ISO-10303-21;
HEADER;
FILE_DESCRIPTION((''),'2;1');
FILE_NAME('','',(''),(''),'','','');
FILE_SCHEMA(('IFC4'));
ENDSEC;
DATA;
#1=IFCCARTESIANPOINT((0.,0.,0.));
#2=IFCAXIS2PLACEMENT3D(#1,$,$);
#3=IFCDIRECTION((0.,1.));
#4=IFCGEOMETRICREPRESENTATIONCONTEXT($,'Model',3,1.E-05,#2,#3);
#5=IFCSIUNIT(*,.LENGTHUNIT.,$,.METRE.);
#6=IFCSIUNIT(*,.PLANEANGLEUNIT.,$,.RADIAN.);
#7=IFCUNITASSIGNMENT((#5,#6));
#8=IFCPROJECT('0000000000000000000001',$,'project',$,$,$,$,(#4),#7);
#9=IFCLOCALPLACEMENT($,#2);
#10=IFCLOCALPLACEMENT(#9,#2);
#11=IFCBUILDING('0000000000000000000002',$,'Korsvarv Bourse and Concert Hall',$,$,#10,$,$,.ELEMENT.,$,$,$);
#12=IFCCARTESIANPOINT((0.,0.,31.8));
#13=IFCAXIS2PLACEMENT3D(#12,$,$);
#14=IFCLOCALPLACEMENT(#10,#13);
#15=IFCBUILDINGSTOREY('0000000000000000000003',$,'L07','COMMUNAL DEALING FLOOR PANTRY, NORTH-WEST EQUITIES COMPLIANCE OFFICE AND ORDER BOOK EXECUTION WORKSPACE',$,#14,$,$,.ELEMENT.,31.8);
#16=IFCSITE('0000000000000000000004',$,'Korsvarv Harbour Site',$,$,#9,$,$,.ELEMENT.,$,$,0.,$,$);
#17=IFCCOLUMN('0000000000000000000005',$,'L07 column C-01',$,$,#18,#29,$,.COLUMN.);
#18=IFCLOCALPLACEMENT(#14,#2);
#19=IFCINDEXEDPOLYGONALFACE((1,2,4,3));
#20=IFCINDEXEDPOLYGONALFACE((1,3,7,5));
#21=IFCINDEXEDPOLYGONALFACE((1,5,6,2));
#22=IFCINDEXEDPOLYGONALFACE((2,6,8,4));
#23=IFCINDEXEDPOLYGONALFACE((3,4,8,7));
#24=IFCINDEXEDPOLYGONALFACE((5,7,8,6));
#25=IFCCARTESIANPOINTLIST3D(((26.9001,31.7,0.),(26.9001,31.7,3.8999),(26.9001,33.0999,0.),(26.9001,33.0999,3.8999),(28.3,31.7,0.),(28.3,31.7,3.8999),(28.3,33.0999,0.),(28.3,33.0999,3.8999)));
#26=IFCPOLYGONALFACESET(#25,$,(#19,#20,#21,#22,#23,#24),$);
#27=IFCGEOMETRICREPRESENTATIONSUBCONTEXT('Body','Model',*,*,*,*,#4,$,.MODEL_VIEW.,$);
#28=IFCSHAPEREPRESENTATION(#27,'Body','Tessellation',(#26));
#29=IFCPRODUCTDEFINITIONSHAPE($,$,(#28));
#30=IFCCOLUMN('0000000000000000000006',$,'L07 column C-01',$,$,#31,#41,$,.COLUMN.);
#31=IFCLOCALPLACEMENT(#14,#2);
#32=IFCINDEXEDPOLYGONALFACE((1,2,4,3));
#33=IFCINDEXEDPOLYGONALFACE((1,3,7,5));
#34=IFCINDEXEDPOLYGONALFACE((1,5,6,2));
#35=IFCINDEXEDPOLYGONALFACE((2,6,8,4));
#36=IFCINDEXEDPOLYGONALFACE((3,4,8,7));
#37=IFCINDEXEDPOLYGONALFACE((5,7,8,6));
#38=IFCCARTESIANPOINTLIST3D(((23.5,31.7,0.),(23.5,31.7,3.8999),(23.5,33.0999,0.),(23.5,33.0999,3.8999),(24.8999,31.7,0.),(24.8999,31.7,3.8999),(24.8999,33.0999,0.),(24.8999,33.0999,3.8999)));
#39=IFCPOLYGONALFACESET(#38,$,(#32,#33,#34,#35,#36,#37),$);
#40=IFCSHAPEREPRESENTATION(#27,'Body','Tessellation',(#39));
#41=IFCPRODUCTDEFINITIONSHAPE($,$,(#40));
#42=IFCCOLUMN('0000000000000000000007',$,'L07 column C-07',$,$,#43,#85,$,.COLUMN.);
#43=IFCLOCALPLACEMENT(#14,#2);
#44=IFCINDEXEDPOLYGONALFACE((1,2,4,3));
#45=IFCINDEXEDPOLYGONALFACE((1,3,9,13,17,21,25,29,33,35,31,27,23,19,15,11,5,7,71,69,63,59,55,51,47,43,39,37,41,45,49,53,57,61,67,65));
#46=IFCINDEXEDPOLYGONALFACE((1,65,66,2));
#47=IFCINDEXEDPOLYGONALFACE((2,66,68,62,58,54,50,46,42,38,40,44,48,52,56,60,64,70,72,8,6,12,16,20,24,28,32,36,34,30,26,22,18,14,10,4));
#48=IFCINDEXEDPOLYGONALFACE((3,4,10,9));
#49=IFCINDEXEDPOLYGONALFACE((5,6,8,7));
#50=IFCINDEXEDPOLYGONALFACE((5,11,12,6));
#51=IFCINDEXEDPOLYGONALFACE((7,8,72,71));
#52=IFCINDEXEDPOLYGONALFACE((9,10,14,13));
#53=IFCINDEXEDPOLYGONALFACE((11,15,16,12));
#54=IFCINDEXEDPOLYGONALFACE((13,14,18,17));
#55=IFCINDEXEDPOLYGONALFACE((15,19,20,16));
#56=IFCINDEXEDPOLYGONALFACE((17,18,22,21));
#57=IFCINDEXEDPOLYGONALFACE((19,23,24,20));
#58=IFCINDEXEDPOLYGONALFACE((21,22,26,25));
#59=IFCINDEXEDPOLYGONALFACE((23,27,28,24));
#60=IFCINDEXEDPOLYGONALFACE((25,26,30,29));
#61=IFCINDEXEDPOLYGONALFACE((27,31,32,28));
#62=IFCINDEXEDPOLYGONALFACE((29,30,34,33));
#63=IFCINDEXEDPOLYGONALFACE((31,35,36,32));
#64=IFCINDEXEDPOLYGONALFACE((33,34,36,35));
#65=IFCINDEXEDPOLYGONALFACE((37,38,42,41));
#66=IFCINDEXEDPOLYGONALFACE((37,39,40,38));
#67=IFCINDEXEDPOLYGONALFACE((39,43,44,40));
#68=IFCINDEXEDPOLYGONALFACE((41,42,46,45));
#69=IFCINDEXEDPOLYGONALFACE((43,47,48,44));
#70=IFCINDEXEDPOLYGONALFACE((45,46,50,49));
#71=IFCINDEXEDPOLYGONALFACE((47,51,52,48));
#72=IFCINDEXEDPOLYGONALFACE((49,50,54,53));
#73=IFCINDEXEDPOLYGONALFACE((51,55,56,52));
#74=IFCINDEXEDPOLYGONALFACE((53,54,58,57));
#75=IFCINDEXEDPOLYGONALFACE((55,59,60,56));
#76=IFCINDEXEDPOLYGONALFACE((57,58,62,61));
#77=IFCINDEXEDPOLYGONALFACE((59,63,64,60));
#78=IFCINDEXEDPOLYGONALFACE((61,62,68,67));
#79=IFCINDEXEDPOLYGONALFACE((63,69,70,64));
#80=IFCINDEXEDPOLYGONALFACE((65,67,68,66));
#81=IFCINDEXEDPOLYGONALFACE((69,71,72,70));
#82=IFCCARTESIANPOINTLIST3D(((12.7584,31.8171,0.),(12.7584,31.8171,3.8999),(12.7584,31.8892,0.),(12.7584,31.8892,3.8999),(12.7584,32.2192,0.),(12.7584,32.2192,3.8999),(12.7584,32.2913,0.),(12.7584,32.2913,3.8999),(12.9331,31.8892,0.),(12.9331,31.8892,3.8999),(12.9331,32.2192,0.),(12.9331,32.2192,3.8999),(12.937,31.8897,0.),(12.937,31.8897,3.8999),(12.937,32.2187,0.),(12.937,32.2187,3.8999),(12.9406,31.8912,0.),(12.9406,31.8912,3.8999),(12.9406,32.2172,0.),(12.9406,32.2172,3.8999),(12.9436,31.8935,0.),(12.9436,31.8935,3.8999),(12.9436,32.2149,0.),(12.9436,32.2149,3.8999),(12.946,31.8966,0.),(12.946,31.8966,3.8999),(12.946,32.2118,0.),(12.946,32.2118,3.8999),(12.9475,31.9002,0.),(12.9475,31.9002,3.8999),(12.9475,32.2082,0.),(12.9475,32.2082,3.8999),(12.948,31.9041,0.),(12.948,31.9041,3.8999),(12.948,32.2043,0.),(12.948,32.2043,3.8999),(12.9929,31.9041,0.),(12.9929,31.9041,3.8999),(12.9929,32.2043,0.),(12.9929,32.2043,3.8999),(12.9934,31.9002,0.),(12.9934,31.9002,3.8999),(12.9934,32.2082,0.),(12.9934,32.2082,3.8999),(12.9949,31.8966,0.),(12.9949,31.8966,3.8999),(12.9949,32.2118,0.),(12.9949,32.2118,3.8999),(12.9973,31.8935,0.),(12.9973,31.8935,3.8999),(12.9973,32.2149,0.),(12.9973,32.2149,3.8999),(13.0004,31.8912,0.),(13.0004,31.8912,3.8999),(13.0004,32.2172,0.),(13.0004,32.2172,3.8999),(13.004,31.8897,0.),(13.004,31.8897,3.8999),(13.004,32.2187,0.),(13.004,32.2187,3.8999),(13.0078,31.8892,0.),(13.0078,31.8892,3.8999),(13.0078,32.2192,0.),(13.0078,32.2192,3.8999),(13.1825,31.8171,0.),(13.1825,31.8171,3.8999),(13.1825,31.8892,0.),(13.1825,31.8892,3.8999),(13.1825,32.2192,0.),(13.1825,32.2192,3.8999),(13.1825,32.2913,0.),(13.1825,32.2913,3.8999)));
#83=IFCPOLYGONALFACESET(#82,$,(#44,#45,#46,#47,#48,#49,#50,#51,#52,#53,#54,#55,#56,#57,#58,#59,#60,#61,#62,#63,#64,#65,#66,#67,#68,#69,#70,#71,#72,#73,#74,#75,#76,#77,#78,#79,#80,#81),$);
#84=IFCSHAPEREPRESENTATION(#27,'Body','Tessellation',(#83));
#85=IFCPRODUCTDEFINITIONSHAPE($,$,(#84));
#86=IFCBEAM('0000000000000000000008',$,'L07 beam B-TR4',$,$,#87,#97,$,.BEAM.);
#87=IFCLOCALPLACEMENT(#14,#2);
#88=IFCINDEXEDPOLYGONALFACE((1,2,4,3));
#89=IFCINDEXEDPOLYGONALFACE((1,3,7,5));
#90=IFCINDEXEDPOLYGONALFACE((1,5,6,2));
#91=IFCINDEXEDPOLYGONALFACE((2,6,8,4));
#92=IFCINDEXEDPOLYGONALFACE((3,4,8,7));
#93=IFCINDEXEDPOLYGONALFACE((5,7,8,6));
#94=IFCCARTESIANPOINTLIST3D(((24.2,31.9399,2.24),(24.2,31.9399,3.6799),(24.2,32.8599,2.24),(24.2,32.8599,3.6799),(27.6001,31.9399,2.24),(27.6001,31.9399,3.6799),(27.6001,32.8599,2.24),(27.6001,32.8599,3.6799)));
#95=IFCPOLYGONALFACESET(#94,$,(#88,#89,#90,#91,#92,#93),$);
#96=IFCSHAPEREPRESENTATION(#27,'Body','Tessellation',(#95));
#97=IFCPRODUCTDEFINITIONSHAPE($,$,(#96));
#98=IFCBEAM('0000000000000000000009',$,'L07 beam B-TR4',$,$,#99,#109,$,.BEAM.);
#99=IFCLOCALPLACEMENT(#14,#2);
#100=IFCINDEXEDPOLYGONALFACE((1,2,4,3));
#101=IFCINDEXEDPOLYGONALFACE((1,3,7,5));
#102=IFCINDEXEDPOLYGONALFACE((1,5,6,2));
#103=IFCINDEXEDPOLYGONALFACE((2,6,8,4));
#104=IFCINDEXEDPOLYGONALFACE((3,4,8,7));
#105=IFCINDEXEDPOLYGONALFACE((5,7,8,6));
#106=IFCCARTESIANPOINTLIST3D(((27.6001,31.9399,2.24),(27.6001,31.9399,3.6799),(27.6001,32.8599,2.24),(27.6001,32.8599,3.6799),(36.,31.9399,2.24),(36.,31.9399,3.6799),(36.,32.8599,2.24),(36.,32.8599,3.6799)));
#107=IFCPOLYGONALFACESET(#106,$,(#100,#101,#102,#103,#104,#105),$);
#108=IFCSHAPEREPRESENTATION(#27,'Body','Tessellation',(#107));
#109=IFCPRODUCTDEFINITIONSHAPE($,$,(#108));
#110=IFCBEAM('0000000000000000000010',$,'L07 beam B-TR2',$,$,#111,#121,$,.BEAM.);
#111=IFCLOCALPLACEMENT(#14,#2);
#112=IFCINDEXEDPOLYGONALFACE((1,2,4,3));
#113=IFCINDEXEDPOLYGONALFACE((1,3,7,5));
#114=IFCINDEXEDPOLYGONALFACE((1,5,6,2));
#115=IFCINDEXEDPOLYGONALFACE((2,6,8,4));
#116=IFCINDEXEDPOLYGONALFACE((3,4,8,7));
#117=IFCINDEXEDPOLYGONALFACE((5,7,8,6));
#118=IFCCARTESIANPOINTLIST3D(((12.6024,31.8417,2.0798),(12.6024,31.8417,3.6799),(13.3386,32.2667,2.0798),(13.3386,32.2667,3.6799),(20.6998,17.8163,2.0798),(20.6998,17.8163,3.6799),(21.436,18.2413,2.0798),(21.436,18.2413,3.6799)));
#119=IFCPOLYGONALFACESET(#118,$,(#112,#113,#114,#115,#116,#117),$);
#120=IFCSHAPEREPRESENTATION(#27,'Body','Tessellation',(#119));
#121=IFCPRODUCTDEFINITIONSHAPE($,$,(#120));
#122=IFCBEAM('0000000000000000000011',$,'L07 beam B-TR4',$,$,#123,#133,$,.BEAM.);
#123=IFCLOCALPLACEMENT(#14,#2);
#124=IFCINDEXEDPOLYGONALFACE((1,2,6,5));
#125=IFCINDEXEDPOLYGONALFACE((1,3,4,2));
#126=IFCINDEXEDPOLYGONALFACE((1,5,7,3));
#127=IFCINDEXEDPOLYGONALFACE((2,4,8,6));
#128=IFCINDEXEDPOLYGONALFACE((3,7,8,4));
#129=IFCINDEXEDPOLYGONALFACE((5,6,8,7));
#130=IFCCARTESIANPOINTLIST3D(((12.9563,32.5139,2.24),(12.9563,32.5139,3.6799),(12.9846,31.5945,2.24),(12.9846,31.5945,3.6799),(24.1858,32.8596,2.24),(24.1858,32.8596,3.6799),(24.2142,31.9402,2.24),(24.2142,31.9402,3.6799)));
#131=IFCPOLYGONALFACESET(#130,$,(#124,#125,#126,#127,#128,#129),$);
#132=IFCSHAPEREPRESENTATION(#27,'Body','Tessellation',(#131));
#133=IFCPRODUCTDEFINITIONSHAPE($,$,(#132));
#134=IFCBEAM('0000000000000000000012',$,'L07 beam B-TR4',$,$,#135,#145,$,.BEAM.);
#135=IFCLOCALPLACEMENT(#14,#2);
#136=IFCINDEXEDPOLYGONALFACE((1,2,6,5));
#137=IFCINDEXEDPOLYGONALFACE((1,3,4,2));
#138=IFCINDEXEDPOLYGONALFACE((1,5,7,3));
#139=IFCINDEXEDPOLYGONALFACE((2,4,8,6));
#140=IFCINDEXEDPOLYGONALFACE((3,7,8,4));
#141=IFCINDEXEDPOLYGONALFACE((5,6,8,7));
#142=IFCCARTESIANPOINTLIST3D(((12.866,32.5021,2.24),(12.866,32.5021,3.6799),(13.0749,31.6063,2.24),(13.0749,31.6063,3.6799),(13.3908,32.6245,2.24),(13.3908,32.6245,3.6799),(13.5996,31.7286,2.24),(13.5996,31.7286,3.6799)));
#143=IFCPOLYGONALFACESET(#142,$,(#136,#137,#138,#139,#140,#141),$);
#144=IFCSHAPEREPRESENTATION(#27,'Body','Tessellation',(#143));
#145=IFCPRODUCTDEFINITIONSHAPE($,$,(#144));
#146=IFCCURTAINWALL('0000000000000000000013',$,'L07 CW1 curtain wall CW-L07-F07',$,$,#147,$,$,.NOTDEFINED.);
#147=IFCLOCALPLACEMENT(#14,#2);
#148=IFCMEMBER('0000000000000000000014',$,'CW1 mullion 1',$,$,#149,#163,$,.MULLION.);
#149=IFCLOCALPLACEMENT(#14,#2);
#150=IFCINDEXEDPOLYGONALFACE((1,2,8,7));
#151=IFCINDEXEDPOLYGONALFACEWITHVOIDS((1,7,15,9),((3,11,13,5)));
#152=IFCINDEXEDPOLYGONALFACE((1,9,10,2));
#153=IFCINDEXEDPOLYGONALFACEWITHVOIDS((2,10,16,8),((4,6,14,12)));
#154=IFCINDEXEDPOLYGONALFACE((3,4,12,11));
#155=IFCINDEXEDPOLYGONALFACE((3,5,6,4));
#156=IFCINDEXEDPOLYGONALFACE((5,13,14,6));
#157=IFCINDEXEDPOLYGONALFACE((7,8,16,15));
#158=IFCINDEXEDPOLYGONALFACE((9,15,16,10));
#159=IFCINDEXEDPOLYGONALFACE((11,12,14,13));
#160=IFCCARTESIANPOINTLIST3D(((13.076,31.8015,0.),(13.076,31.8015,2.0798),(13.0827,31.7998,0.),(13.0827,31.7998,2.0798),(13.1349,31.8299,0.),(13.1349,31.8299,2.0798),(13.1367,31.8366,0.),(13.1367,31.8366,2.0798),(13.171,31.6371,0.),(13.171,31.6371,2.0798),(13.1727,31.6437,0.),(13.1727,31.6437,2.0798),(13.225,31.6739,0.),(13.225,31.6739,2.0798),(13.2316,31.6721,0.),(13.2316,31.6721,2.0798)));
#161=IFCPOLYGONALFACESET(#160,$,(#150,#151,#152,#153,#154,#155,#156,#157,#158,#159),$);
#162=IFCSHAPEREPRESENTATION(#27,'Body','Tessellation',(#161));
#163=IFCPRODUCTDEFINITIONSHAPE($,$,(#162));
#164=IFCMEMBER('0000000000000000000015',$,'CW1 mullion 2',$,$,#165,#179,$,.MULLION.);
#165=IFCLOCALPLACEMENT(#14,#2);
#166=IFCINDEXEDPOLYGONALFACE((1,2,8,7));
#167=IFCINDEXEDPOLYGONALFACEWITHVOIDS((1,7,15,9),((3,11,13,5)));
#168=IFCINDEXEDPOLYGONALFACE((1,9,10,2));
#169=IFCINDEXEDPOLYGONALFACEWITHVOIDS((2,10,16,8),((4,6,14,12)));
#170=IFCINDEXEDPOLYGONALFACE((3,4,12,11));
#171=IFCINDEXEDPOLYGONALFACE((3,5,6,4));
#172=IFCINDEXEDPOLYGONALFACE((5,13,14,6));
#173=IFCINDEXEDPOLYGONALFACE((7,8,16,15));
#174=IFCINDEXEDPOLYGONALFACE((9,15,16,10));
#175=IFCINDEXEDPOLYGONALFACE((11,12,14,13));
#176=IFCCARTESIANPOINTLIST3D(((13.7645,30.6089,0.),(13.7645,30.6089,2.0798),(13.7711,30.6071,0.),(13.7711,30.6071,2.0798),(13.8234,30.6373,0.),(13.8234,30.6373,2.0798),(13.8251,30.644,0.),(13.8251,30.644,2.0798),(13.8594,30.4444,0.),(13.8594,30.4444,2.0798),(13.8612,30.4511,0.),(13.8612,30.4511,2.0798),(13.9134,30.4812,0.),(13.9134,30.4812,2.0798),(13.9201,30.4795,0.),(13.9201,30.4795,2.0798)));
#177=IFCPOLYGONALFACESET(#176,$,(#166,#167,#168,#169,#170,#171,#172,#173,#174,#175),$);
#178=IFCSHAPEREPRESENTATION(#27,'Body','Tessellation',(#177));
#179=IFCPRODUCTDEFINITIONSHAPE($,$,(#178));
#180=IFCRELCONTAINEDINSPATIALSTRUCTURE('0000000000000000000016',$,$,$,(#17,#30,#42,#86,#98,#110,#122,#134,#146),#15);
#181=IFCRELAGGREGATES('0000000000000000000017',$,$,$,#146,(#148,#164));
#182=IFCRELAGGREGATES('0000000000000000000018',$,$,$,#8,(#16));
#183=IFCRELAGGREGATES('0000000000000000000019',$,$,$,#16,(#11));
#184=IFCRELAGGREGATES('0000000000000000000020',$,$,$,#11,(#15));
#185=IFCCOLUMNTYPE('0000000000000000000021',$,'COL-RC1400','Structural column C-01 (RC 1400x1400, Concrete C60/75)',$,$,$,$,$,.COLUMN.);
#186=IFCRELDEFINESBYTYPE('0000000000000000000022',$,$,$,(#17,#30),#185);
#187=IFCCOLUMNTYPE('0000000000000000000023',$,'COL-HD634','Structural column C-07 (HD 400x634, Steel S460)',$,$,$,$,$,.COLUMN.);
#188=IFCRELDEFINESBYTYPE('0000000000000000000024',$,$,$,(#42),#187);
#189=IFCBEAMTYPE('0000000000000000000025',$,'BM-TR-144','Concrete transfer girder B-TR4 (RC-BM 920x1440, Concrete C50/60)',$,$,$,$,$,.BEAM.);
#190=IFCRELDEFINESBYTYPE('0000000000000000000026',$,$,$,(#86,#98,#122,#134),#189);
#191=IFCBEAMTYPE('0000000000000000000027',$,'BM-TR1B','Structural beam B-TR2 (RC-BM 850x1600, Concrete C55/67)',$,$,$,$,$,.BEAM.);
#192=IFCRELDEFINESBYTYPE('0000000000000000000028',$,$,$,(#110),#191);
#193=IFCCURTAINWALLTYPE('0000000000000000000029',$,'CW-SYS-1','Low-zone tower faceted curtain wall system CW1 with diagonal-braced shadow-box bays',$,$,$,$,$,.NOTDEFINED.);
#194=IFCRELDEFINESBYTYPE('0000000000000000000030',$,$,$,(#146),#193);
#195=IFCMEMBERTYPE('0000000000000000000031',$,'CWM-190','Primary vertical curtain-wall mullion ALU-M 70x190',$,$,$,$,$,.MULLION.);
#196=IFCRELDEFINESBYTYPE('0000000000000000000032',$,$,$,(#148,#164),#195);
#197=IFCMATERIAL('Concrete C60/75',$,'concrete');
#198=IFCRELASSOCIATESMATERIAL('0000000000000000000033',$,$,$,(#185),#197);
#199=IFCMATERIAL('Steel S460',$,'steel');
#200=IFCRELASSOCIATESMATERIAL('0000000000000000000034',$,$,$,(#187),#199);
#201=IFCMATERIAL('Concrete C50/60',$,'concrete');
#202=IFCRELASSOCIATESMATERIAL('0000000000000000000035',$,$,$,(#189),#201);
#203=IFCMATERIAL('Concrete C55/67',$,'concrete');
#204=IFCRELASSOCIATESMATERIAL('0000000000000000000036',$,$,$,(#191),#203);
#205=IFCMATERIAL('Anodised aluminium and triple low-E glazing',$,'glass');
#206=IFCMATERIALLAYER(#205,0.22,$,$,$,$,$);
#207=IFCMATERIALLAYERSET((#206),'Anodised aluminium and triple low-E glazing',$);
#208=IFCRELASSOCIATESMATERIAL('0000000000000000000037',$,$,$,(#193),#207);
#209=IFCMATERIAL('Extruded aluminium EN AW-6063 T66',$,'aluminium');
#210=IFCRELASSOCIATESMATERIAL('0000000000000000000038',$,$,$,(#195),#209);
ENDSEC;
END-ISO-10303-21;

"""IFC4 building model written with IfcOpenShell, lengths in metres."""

from ifc_helpers import new_model, si_unit, direction, frame, origin, origin_2d, place, context, subcontext, project, spatial, rectangle, hollow_rectangle, i_section, extrude, source, transform, mapped, material, layer, layer_set, material_profile, profile_set, type_object, element, aggregate, save


model = new_model("IFC4")

# Units and contexts
model_context = context("Model", 3, precision=1e-05, world=origin(), true_north=direction((0.0, 1.0)))
body_context = subcontext(model_context, "Body", "Model", "MODEL_VIEW")
ifc_project = project(units=[si_unit("LENGTHUNIT", "METRE"), si_unit("PLANEANGLEUNIT", "RADIAN")], contexts=[model_context])

# Site, building, storey
site_placement = place(None, origin())
site = spatial("IfcSite", under=ifc_project, at=site_placement, Name="Korsvarv Harbour Site", CompositionType="ELEMENT", RefElevation=0.0)
building_placement = place(site_placement, origin())
building = spatial("IfcBuilding", under=site, at=building_placement, Name="Korsvarv Bourse and Concert Hall", CompositionType="ELEMENT")
storey_placement = place(building_placement, frame((0.0, 0.0, 31.8)))
storey = spatial("IfcBuildingStorey", under=building, at=storey_placement, Name="L07", Description="COMMUNAL DEALING FLOOR PANTRY, NORTH-WEST EQUITIES COMPLIANCE OFFICE AND ORDER BOOK EXECUTION WORKSPACE", CompositionType="ELEMENT", Elevation=31.8)

# Columns
ifc_material_1 = material(Name="Concrete C60/75", Category="concrete")
ifc_material_profile_1 = material_profile(ifc_material_1, rectangle(XDim=1.3999, YDim=1.3999, at=origin_2d()), Name="RC 1400x1400")
ifc_profile_set_1 = profile_set([ifc_material_profile_1], Name="Concrete C60/75")
column_type_1 = type_object("IfcColumnType", Name="COL-RC1400", Description="Structural column C-01 (RC 1400x1400, Concrete C60/75)", PredefinedType="COLUMN", material=ifc_profile_set_1)
shared_shape_1 = source(origin(), body_context, "Body", "SweptSolid", [
    extrude(rectangle(XDim=1.3999, YDim=1.3999, at=origin_2d()), origin(), (0.0, 0.0, 1.0), 3.8999),
])
for number, where, z_axis, x_axis, name in (
    (1, (27.6001, 32.3999, 0.0), (0.0, 0.0, 1.0), (1.0, 0.0, 0.0), "L07 column C-01"),
    (2, (24.2, 32.3999, 0.0), (0.0, 0.0, 1.0), (1.0, 0.0, 0.0), "L07 column C-01"),
):
    element("IfcColumn", number, at=place(storey_placement, frame(where, z_axis=z_axis, x_axis=x_axis)), inside=storey, type_object=column_type_1, Name=name, PredefinedType="COLUMN", context=body_context, shape_type="MappedRepresentation", body=[
        mapped(shared_shape_1, transform((0.0, 0.0, 0.0), scale=1.0)),
    ])
ifc_material_2 = material(Name="Steel S460", Category="steel")
ifc_material_profile_2 = material_profile(ifc_material_2, i_section(OverallWidth=0.4241, OverallDepth=0.4741, WebThickness=0.0449, FlangeThickness=0.072, FilletRadius=0.0149, at=origin_2d()), Name="HD 400x634")
ifc_profile_set_2 = profile_set([ifc_material_profile_2], Name="Steel S460")
column_type_2 = type_object("IfcColumnType", Name="COL-HD634", Description="Structural column C-07 (HD 400x634, Steel S460)", PredefinedType="COLUMN", material=ifc_profile_set_2)
shared_shape_2 = source(origin(), body_context, "Body", "SweptSolid", [
    extrude(i_section(OverallWidth=0.4241, OverallDepth=0.4741, WebThickness=0.0449, FlangeThickness=0.072, FilletRadius=0.0149, at=origin_2d()), origin(), (0.0, 0.0, 1.0), 3.8999),
])
column_placement = place(storey_placement, frame((12.9705, 32.0542, 0.0), z_axis=(0.0, 0.0, 1.0), x_axis=(1.0, 0.0, 0.0)))
element("IfcColumn", 3, at=column_placement, inside=storey, type_object=column_type_2, Name="L07 column C-07", PredefinedType="COLUMN", context=body_context, shape_type="MappedRepresentation", body=[
    mapped(shared_shape_2, transform((0.0, 0.0, 0.0), scale=1.0)),
])

# Beams
ifc_material_3 = material(Name="Concrete C50/60", Category="concrete")
ifc_material_profile_3 = material_profile(ifc_material_3, rectangle(XDim=0.9199, YDim=1.4399, at=origin_2d()), Name="RC-BM 920x1440")
ifc_profile_set_3 = profile_set([ifc_material_profile_3], Name="Concrete C50/60")
beam_type_1 = type_object("IfcBeamType", Name="BM-TR-144", Description="Concrete transfer girder B-TR4 (RC-BM 920x1440, Concrete C50/60)", PredefinedType="BEAM", material=ifc_profile_set_3)
shared_shape_3 = source(origin(), body_context, "Body", "SweptSolid", [
    extrude(rectangle(XDim=0.9199, YDim=1.4399, at=origin_2d()), origin(), (0.0, 0.0, 1.0), 3.4001),
])
beam_1_placement = place(storey_placement, frame((24.2, 32.3999, 2.96), z_axis=(1.0, 0.0, 0.0), x_axis=(0.0, 1.0, 0.0)))
element("IfcBeam", 4, at=beam_1_placement, inside=storey, type_object=beam_type_1, Name="L07 beam B-TR4", PredefinedType="BEAM", context=body_context, shape_type="MappedRepresentation", body=[
    mapped(shared_shape_3, transform((0.0, 0.0, 0.0), scale=1.0)),
])
shared_shape_4 = source(origin(), body_context, "Body", "SweptSolid", [
    extrude(rectangle(XDim=0.9199, YDim=1.4399, at=origin_2d()), origin(), (0.0, 0.0, 1.0), 8.3999),
])
beam_2_placement = place(storey_placement, frame((27.6001, 32.3999, 2.96), z_axis=(1.0, 0.0, 0.0), x_axis=(0.0, 1.0, 0.0)))
element("IfcBeam", 5, at=beam_2_placement, inside=storey, type_object=beam_type_1, Name="L07 beam B-TR4", PredefinedType="BEAM", context=body_context, shape_type="MappedRepresentation", body=[
    mapped(shared_shape_4, transform((0.0, 0.0, 0.0), scale=1.0)),
])
ifc_material_4 = material(Name="Concrete C55/67", Category="concrete")
ifc_material_profile_4 = material_profile(ifc_material_4, rectangle(XDim=0.8501, YDim=1.6001, at=origin_2d()), Name="RC-BM 850x1600")
ifc_profile_set_4 = profile_set([ifc_material_profile_4], Name="Concrete C55/67")
beam_type_2 = type_object("IfcBeamType", Name="BM-TR1B", Description="Structural beam B-TR2 (RC-BM 850x1600, Concrete C55/67)", PredefinedType="BEAM", material=ifc_profile_set_4)
shared_shape_5 = source(origin(), body_context, "Body", "SweptSolid", [
    extrude(rectangle(XDim=0.8501, YDim=1.6001, at=origin_2d()), origin(), (0.0, 0.0, 1.0), 16.1951),
])
beam_3_placement = place(storey_placement, frame((12.9705, 32.0542, 2.8799), z_axis=(0.499993, -0.866029, 0.0), x_axis=(0.866029, 0.499993, 0.0)))
element("IfcBeam", 6, at=beam_3_placement, inside=storey, type_object=beam_type_2, Name="L07 beam B-TR2", PredefinedType="BEAM", context=body_context, shape_type="MappedRepresentation", body=[
    mapped(shared_shape_5, transform((0.0, 0.0, 0.0), scale=1.0)),
])
shared_shape_6 = source(origin(), body_context, "Body", "SweptSolid", [
    extrude(rectangle(XDim=0.9199, YDim=1.4399, at=origin_2d()), origin(), (0.0, 0.0, 1.0), 11.2349),
])
beam_4_placement = place(storey_placement, frame((12.9705, 32.0542, 2.96), z_axis=(0.999526, 0.030771, 0.0), x_axis=(-0.030771, 0.999526, 0.0)))
element("IfcBeam", 7, at=beam_4_placement, inside=storey, type_object=beam_type_1, Name="L07 beam B-TR4", PredefinedType="BEAM", context=body_context, shape_type="MappedRepresentation", body=[
    mapped(shared_shape_6, transform((0.0, 0.0, 0.0), scale=1.0)),
])
shared_shape_7 = source(origin(), body_context, "Body", "SweptSolid", [
    extrude(rectangle(XDim=0.9199, YDim=1.4399, at=origin_2d()), origin(), (0.0, 0.0, 1.0), 0.5388),
])
beam_5_placement = place(storey_placement, frame((12.9705, 32.0542, 2.96), z_axis=(0.973885, 0.227043, 0.0), x_axis=(-0.227043, 0.973885, 0.0)))
element("IfcBeam", 8, at=beam_5_placement, inside=storey, type_object=beam_type_1, Name="L07 beam B-TR4", PredefinedType="BEAM", context=body_context, shape_type="MappedRepresentation", body=[
    mapped(shared_shape_7, transform((0.0, 0.0, 0.0), scale=1.0)),
])

# Curtain wall, members
ifc_material_5 = material(Name="Anodised aluminium and triple low-E glazing", Category="glass")
ifc_layer_1 = layer(ifc_material_5, 0.22)
ifc_layer_set_1 = layer_set([ifc_layer_1], Name="Anodised aluminium and triple low-E glazing")
curtain_wall_type = type_object("IfcCurtainWallType", Name="CW-SYS-1", Description="Low-zone tower faceted curtain wall system CW1 with diagonal-braced shadow-box bays", PredefinedType="NOTDEFINED", material=ifc_layer_set_1)
curtain_wall_placement = place(storey_placement, origin())
curtain_wall = element("IfcCurtainWall", 9, at=curtain_wall_placement, inside=storey, type_object=curtain_wall_type, Name="L07 CW1 curtain wall CW-L07-F07", PredefinedType="NOTDEFINED")
ifc_material_6 = material(Name="Extruded aluminium EN AW-6063 T66", Category="aluminium")
ifc_material_profile_5 = material_profile(ifc_material_6, hollow_rectangle(XDim=0.0701, YDim=0.1899, WallThickness=0.0049, at=origin_2d()), Name="ALU-M 70x190")
ifc_profile_set_5 = profile_set([ifc_material_profile_5], Name="Extruded aluminium EN AW-6063 T66")
member_type_1 = type_object("IfcMemberType", Name="CWM-190", Description="Primary vertical curtain-wall mullion ALU-M 70x190", PredefinedType="MULLION", material=ifc_profile_set_5)
shared_shape_8 = source(origin(), body_context, "Body", "SweptSolid", [
    extrude(hollow_rectangle(XDim=0.0701, YDim=0.1899, WallThickness=0.0049, at=origin_2d()), origin(), (0.0, 0.0, 1.0), 2.0798),
])
member_1_placement = place(storey_placement, frame((13.1538, 31.7368, 0.0), z_axis=(0.0, 0.0, 1.0), x_axis=(0.866029, 0.499995, 0.0)))
member_1 = element("IfcMember", 10, at=member_1_placement, type_object=member_type_1, Name="CW1 mullion 1", PredefinedType="MULLION", context=body_context, shape_type="MappedRepresentation", body=[
    mapped(shared_shape_8, transform((0.0, 0.0, 0.0), scale=1.0)),
])
member_2_placement = place(storey_placement, frame((13.8423, 30.5442, 0.0), z_axis=(0.0, 0.0, 1.0), x_axis=(0.866029, 0.499995, 0.0)))
member_2 = element("IfcMember", 11, at=member_2_placement, type_object=member_type_1, Name="CW1 mullion 2", PredefinedType="MULLION", context=body_context, shape_type="MappedRepresentation", body=[
    mapped(shared_shape_8, transform((0.0, 0.0, 0.0), scale=1.0)),
])
aggregate(curtain_wall, [member_1, member_2])

save(model, "model.ifc")
